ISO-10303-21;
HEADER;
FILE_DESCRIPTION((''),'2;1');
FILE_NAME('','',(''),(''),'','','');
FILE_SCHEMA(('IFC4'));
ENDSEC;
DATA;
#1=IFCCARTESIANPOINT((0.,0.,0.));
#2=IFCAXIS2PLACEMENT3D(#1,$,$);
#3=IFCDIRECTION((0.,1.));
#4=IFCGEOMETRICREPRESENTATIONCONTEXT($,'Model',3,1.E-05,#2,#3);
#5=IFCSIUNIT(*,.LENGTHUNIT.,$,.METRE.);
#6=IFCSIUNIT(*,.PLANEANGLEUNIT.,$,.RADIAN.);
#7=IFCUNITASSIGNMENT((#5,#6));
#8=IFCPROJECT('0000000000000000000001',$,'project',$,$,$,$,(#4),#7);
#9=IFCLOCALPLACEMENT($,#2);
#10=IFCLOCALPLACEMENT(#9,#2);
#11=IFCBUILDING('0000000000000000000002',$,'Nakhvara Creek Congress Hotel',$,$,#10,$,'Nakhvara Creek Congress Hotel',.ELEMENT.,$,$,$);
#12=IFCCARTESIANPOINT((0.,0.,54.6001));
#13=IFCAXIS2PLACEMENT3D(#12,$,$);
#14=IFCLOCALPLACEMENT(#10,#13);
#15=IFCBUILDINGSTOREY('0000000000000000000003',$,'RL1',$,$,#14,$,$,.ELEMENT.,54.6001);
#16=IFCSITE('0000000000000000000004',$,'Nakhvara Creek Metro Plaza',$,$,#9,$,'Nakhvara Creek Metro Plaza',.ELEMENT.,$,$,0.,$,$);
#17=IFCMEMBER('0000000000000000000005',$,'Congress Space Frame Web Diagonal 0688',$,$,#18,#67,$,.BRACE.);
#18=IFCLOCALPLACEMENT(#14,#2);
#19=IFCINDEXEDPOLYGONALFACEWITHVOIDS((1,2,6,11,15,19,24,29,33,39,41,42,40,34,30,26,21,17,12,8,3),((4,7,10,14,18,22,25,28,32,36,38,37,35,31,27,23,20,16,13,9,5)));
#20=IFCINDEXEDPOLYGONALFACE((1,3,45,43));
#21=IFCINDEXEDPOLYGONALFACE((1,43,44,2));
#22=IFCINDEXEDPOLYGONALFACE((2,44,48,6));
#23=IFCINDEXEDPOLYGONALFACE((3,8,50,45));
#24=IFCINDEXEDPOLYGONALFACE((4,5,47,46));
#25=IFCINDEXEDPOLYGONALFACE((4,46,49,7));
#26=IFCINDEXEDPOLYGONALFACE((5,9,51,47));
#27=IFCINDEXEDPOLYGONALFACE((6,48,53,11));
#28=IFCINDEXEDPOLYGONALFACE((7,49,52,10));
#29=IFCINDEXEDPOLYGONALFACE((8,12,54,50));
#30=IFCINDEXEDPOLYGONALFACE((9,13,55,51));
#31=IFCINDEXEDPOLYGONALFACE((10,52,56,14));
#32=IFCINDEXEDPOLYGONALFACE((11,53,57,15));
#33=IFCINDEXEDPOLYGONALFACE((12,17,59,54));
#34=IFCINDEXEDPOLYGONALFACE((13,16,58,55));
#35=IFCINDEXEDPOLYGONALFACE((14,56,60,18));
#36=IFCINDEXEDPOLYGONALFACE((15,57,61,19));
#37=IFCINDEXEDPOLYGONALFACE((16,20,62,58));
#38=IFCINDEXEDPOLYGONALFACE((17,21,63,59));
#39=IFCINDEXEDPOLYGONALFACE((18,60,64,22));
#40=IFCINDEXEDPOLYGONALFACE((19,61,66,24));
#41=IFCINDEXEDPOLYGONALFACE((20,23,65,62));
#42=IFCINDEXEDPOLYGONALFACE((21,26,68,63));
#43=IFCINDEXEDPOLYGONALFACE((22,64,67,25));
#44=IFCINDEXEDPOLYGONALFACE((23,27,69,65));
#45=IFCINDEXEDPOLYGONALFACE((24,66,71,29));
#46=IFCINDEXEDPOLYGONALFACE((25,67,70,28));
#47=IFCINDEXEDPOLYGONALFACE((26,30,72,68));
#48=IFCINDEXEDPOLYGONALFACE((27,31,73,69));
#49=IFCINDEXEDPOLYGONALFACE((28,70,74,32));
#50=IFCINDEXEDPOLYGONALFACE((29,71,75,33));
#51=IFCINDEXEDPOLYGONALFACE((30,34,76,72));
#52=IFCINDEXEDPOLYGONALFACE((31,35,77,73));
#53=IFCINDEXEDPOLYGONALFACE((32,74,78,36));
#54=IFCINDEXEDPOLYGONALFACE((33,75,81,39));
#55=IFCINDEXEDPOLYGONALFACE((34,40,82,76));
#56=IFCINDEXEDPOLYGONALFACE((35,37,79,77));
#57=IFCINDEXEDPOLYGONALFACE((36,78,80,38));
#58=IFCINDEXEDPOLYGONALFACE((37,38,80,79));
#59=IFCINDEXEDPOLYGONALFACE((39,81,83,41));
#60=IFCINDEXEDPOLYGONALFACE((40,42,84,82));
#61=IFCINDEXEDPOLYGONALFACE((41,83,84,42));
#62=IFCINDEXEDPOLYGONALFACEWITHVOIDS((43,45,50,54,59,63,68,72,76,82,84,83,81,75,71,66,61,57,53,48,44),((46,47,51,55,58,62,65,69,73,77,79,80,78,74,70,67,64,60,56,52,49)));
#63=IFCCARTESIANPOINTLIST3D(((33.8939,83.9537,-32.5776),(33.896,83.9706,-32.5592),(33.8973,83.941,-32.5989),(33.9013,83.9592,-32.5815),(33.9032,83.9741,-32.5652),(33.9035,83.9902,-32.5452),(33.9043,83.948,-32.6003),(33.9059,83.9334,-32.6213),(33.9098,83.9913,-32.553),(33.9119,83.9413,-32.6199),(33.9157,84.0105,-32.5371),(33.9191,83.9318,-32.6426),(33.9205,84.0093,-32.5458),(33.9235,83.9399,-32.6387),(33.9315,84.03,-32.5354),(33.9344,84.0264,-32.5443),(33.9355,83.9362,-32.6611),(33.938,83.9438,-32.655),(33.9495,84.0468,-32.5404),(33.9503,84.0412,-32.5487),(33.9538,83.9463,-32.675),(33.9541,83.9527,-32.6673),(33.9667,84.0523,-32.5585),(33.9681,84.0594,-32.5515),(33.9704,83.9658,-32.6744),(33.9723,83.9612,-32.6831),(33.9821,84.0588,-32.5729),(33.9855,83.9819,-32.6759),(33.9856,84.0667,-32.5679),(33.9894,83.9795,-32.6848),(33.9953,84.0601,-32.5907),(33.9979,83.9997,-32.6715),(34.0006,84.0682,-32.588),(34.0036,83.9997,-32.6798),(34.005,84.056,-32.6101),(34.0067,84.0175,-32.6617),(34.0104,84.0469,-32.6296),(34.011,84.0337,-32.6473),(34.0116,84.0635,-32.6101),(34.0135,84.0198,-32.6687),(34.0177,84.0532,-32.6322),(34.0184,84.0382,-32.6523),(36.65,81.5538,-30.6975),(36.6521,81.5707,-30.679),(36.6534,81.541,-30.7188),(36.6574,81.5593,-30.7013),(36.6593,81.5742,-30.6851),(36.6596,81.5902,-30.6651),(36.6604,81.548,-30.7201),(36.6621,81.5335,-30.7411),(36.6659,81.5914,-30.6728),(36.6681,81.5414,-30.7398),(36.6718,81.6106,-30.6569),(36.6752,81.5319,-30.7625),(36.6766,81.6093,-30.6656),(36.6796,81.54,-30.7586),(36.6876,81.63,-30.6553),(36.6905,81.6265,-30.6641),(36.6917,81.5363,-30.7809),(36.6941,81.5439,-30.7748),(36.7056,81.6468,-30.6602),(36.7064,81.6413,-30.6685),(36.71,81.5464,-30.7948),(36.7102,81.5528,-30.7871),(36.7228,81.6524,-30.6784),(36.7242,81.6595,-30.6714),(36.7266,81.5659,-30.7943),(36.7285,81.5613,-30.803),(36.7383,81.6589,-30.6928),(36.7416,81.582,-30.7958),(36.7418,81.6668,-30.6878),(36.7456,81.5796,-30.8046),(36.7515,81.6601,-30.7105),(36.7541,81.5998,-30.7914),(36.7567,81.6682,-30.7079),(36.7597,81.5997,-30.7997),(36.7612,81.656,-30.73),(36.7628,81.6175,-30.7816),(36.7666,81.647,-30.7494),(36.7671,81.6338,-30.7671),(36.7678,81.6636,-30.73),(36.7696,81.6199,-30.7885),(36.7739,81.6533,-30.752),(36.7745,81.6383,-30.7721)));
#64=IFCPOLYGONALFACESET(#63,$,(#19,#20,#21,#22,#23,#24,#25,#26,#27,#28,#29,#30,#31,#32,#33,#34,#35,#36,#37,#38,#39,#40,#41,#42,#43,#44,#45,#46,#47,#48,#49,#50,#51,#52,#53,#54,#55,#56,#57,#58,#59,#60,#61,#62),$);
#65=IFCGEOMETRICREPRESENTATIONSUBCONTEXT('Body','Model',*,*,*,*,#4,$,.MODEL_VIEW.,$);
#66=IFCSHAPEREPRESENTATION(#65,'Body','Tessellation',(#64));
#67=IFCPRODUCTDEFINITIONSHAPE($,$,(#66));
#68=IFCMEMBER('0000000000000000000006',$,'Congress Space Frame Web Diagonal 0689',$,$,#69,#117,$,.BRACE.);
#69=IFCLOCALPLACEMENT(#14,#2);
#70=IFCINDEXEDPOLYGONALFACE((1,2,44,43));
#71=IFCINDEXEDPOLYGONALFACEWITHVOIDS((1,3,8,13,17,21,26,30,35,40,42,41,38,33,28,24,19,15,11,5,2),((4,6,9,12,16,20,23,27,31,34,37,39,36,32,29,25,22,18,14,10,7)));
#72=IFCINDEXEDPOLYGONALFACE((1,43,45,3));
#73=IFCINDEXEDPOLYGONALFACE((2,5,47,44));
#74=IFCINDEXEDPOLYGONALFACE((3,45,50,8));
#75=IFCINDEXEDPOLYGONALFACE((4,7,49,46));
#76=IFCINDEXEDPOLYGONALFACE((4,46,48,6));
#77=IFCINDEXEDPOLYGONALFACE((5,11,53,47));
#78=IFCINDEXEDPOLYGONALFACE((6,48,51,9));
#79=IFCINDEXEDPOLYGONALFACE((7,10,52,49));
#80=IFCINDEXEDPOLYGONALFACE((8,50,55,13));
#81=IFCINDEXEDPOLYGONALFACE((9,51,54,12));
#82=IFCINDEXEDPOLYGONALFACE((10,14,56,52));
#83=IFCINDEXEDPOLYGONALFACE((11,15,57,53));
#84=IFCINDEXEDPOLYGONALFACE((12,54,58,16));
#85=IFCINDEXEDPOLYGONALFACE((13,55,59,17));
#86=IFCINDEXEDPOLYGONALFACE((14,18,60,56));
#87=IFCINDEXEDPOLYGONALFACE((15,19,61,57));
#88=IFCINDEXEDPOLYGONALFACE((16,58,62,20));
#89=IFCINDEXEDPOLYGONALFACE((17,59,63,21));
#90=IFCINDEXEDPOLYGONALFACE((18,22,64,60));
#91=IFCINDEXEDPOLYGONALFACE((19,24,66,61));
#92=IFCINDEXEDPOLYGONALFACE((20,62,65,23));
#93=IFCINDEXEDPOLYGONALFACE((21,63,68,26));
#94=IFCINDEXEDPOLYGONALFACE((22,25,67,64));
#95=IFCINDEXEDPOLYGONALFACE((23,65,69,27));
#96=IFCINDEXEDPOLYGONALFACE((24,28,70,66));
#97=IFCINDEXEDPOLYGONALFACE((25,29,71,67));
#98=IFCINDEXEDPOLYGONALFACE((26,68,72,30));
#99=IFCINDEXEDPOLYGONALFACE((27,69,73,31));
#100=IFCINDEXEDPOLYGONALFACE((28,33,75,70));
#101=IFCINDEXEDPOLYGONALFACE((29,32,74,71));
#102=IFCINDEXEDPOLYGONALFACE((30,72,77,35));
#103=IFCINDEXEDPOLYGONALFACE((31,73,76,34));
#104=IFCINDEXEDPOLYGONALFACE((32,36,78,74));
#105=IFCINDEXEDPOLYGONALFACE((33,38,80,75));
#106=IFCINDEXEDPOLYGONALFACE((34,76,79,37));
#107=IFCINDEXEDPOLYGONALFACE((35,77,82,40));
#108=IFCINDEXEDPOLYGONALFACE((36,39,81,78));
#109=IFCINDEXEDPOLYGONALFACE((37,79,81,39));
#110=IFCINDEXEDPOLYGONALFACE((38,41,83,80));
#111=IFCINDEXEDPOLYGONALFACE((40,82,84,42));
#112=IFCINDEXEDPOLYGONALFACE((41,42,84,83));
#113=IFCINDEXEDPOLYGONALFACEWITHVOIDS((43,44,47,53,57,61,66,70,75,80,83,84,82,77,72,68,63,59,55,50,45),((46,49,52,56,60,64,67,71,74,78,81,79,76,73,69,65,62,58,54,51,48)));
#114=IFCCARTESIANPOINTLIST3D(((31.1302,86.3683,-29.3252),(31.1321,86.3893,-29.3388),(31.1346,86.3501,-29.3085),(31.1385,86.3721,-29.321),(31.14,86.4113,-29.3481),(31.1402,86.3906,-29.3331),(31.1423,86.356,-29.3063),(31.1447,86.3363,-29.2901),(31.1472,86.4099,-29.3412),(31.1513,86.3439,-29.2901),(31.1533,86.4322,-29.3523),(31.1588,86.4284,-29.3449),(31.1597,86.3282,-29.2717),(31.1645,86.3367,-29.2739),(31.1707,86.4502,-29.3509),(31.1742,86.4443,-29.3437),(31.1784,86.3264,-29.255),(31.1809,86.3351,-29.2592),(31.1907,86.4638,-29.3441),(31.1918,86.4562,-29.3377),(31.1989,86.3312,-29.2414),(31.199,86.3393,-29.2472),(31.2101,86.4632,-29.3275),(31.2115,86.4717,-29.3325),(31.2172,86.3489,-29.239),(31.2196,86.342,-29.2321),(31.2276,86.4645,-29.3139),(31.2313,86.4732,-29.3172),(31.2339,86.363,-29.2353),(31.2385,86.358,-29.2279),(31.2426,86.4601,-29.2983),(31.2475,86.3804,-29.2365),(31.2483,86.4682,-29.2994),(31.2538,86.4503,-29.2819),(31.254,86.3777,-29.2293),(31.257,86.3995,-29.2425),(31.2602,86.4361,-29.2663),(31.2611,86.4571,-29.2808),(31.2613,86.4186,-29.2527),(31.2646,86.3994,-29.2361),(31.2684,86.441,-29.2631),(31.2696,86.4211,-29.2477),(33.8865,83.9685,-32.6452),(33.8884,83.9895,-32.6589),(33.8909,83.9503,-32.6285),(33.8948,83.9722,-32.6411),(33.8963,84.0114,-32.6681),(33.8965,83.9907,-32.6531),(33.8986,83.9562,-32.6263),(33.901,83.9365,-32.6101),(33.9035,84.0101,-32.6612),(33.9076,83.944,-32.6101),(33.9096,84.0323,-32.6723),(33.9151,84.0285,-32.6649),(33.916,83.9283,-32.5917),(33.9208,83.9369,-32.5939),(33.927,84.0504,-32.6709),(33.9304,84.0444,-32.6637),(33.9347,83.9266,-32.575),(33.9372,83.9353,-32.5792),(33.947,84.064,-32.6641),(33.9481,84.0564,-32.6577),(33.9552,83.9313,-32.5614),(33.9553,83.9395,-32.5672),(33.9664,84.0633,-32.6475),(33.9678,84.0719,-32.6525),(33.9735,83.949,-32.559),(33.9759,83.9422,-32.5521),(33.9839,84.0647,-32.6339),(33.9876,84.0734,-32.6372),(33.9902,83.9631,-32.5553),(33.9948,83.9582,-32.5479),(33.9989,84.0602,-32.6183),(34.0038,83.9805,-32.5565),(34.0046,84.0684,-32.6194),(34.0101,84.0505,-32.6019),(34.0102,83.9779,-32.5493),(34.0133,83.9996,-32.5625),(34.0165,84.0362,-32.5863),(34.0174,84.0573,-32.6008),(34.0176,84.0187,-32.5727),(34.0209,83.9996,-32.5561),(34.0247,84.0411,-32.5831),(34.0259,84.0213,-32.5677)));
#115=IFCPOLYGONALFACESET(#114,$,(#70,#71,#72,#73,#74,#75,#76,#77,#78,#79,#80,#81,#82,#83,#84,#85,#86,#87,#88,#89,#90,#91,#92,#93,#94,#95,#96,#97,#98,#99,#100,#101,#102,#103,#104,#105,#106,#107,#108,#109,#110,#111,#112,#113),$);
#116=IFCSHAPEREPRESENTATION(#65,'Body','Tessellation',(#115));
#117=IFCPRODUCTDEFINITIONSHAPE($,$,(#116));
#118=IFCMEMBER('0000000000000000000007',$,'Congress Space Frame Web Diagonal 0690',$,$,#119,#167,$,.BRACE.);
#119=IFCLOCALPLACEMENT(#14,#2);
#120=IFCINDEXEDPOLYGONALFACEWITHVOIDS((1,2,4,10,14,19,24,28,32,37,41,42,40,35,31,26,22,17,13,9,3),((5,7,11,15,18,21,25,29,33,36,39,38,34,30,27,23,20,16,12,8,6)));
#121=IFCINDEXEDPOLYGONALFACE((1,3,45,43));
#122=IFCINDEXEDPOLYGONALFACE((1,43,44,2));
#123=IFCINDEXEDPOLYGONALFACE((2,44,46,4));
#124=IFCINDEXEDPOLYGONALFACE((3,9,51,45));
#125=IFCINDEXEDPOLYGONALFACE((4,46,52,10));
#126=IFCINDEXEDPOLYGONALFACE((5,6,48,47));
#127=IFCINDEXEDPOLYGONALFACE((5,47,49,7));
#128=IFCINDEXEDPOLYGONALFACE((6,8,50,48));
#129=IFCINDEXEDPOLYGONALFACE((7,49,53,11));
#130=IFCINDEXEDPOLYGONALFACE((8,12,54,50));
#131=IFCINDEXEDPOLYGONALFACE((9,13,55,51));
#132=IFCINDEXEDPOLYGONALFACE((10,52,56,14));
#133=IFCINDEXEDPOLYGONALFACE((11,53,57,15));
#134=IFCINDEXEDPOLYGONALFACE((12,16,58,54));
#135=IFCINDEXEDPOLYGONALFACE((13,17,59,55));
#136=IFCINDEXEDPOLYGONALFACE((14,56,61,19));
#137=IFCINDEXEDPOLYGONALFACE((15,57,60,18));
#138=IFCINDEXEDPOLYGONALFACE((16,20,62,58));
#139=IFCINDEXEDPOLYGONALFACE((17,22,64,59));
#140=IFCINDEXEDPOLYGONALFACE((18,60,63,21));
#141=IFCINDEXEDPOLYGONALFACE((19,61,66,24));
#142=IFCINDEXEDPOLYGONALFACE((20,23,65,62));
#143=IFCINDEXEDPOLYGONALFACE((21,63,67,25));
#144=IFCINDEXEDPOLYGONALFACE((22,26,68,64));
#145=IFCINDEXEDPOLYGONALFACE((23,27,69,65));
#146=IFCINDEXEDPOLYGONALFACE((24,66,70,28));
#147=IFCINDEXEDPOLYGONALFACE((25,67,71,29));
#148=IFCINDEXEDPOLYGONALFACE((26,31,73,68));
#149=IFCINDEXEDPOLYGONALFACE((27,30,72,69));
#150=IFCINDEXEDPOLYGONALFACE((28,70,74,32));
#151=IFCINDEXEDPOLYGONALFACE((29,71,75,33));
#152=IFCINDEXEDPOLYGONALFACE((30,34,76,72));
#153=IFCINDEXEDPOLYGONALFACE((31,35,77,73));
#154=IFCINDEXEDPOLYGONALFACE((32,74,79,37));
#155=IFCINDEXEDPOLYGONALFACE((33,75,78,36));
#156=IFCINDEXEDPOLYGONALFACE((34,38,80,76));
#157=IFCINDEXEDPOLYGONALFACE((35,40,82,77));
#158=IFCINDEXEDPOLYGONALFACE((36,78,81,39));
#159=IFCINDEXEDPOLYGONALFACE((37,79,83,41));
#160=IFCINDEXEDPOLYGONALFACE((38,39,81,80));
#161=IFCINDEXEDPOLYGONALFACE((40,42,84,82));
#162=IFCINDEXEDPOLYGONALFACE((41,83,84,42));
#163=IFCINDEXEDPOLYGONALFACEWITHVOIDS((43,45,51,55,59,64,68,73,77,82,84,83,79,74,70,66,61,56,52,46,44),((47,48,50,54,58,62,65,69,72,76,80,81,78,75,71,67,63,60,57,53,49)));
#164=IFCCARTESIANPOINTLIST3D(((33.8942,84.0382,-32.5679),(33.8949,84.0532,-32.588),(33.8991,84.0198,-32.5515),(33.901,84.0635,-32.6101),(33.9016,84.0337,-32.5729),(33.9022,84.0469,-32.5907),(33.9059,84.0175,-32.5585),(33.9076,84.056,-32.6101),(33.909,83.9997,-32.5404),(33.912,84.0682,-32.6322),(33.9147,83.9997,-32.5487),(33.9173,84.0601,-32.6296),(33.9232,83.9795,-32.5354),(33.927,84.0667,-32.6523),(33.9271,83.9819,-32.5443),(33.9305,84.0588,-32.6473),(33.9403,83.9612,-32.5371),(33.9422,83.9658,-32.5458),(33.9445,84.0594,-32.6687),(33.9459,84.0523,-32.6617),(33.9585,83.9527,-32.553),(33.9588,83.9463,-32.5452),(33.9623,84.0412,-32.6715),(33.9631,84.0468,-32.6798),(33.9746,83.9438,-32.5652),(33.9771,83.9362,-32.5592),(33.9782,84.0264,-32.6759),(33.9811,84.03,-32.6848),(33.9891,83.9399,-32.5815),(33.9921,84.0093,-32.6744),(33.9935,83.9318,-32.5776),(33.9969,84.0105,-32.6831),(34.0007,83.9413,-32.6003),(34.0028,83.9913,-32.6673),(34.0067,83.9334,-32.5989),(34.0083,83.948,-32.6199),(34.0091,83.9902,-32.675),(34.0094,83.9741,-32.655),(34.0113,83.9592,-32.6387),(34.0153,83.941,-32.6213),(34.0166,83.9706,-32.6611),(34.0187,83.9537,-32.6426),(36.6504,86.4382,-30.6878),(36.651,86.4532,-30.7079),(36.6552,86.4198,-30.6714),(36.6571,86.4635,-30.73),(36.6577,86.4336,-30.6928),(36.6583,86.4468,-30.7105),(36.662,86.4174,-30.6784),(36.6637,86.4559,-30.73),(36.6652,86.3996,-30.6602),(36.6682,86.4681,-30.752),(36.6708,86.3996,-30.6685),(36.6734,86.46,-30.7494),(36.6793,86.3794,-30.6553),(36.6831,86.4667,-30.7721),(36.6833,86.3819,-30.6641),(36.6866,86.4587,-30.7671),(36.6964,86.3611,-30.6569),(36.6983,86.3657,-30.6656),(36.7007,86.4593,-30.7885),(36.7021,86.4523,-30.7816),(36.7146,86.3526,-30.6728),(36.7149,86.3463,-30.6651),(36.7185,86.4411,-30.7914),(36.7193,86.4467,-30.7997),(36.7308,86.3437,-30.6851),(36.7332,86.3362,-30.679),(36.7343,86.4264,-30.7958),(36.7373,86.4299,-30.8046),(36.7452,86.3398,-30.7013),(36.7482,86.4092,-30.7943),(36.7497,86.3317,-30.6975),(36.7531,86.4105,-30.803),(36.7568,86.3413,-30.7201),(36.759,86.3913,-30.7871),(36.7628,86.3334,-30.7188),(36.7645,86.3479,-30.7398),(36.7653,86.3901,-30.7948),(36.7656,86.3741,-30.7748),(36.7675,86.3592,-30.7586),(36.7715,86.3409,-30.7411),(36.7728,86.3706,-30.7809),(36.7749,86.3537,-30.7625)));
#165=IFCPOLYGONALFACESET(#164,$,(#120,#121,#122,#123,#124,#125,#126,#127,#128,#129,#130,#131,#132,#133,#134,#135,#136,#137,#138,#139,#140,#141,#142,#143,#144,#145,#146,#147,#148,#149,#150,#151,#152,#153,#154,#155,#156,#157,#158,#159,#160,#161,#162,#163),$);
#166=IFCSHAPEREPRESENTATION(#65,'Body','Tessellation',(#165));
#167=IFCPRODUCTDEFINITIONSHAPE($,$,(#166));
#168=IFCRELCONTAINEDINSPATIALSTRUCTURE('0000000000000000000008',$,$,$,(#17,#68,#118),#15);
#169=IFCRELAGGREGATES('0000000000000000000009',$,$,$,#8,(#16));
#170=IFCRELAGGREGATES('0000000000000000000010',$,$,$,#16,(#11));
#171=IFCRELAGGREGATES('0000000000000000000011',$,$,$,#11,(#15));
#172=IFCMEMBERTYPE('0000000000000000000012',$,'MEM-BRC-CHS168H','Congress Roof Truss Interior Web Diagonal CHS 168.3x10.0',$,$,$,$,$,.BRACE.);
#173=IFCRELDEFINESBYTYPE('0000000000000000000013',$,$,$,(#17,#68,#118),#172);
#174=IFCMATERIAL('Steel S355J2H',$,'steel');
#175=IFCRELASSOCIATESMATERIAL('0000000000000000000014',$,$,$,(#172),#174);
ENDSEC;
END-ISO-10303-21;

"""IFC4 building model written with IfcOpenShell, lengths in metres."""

from ifc_helpers import new_model, si_unit, direction, frame, origin, origin_2d, place, context, subcontext, project, spatial, hollow_circle, extrude, material, material_profile, profile_set, type_object, element, save


model = new_model("IFC4")

# Units and contexts
model_context = context("Model", 3, precision=1e-05, world=origin(), true_north=direction((0.0, 1.0)))
body_context = subcontext(model_context, "Body", "Model", "MODEL_VIEW")
ifc_project = project(units=[si_unit("LENGTHUNIT", "METRE"), si_unit("PLANEANGLEUNIT", "RADIAN")], contexts=[model_context])

# Site, building, storey
site_placement = place(None, origin())
site = spatial("IfcSite", under=ifc_project, at=site_placement, Name="Nakhvara Creek Metro Plaza", LongName="Nakhvara Creek Metro Plaza", CompositionType="ELEMENT", RefElevation=0.0)
building_placement = place(site_placement, origin())
building = spatial("IfcBuilding", under=site, at=building_placement, Name="Nakhvara Creek Congress Hotel", LongName="Nakhvara Creek Congress Hotel", CompositionType="ELEMENT")
storey_placement = place(building_placement, frame((0.0, 0.0, 54.6001)))
storey = spatial("IfcBuildingStorey", under=building, at=storey_placement, Name="RL1", CompositionType="ELEMENT", Elevation=54.6001)

# Members
ifc_material_1 = material(Name="Steel S355J2H", Category="steel")
ifc_material_profile_1 = material_profile(ifc_material_1, hollow_circle(Radius=0.0842, WallThickness=0.01, at=origin_2d()), Name="CHS 168.3x10.0", Category="LoadBearing")
ifc_profile_set_1 = profile_set([ifc_material_profile_1], Name="Steel S355J2H")
member_type_1 = type_object("IfcMemberType", Name="MEM-BRC-CHS168H", Description="Congress Roof Truss Interior Web Diagonal CHS 168.3x10.0", PredefinedType="BRACE", material=ifc_profile_set_1)
member_1_placement = place(storey_placement, frame((33.9563, 84.0, -32.6101), z_axis=(0.670616, -0.583945, 0.457473), x_axis=(0.656691, 0.75416, 0.0)))
element("IfcMember", 1, at=member_1_placement, inside=storey, type_object=member_type_1, Name="Congress Space Frame Web Diagonal 0688", PredefinedType="BRACE", context=body_context, shape_type="SweptSolid", body=[
    extrude(hollow_circle(Radius=0.0842, WallThickness=0.01, at=origin_2d()), origin(), (0.0, 0.0, 1.0), 4.1099),
])
member_2_placement = place(storey_placement, frame((33.9563, 84.0, -32.6101), z_axis=(-0.558237, 0.486047, 0.672406), x_axis=(-0.656658, -0.754188, 0.0)))
element("IfcMember", 2, at=member_2_placement, inside=storey, type_object=member_type_1, Name="Congress Space Frame Web Diagonal 0689", PredefinedType="BRACE", context=body_context, shape_type="SweptSolid", body=[
    extrude(hollow_circle(Radius=0.0842, WallThickness=0.01, at=origin_2d()), origin(), (0.0, 0.0, 1.0), 4.9375),
])
member_3_placement = place(storey_placement, frame((33.9563, 84.0, -32.6101), z_axis=(0.670616, 0.583945, 0.457473), x_axis=(-0.656691, 0.75416, 0.0)))
element("IfcMember", 3, at=member_3_placement, inside=storey, type_object=member_type_1, Name="Congress Space Frame Web Diagonal 0690", PredefinedType="BRACE", context=body_context, shape_type="SweptSolid", body=[
    extrude(hollow_circle(Radius=0.0842, WallThickness=0.01, at=origin_2d()), origin(), (0.0, 0.0, 1.0), 4.1099),
])

save(model, "model.ifc")
